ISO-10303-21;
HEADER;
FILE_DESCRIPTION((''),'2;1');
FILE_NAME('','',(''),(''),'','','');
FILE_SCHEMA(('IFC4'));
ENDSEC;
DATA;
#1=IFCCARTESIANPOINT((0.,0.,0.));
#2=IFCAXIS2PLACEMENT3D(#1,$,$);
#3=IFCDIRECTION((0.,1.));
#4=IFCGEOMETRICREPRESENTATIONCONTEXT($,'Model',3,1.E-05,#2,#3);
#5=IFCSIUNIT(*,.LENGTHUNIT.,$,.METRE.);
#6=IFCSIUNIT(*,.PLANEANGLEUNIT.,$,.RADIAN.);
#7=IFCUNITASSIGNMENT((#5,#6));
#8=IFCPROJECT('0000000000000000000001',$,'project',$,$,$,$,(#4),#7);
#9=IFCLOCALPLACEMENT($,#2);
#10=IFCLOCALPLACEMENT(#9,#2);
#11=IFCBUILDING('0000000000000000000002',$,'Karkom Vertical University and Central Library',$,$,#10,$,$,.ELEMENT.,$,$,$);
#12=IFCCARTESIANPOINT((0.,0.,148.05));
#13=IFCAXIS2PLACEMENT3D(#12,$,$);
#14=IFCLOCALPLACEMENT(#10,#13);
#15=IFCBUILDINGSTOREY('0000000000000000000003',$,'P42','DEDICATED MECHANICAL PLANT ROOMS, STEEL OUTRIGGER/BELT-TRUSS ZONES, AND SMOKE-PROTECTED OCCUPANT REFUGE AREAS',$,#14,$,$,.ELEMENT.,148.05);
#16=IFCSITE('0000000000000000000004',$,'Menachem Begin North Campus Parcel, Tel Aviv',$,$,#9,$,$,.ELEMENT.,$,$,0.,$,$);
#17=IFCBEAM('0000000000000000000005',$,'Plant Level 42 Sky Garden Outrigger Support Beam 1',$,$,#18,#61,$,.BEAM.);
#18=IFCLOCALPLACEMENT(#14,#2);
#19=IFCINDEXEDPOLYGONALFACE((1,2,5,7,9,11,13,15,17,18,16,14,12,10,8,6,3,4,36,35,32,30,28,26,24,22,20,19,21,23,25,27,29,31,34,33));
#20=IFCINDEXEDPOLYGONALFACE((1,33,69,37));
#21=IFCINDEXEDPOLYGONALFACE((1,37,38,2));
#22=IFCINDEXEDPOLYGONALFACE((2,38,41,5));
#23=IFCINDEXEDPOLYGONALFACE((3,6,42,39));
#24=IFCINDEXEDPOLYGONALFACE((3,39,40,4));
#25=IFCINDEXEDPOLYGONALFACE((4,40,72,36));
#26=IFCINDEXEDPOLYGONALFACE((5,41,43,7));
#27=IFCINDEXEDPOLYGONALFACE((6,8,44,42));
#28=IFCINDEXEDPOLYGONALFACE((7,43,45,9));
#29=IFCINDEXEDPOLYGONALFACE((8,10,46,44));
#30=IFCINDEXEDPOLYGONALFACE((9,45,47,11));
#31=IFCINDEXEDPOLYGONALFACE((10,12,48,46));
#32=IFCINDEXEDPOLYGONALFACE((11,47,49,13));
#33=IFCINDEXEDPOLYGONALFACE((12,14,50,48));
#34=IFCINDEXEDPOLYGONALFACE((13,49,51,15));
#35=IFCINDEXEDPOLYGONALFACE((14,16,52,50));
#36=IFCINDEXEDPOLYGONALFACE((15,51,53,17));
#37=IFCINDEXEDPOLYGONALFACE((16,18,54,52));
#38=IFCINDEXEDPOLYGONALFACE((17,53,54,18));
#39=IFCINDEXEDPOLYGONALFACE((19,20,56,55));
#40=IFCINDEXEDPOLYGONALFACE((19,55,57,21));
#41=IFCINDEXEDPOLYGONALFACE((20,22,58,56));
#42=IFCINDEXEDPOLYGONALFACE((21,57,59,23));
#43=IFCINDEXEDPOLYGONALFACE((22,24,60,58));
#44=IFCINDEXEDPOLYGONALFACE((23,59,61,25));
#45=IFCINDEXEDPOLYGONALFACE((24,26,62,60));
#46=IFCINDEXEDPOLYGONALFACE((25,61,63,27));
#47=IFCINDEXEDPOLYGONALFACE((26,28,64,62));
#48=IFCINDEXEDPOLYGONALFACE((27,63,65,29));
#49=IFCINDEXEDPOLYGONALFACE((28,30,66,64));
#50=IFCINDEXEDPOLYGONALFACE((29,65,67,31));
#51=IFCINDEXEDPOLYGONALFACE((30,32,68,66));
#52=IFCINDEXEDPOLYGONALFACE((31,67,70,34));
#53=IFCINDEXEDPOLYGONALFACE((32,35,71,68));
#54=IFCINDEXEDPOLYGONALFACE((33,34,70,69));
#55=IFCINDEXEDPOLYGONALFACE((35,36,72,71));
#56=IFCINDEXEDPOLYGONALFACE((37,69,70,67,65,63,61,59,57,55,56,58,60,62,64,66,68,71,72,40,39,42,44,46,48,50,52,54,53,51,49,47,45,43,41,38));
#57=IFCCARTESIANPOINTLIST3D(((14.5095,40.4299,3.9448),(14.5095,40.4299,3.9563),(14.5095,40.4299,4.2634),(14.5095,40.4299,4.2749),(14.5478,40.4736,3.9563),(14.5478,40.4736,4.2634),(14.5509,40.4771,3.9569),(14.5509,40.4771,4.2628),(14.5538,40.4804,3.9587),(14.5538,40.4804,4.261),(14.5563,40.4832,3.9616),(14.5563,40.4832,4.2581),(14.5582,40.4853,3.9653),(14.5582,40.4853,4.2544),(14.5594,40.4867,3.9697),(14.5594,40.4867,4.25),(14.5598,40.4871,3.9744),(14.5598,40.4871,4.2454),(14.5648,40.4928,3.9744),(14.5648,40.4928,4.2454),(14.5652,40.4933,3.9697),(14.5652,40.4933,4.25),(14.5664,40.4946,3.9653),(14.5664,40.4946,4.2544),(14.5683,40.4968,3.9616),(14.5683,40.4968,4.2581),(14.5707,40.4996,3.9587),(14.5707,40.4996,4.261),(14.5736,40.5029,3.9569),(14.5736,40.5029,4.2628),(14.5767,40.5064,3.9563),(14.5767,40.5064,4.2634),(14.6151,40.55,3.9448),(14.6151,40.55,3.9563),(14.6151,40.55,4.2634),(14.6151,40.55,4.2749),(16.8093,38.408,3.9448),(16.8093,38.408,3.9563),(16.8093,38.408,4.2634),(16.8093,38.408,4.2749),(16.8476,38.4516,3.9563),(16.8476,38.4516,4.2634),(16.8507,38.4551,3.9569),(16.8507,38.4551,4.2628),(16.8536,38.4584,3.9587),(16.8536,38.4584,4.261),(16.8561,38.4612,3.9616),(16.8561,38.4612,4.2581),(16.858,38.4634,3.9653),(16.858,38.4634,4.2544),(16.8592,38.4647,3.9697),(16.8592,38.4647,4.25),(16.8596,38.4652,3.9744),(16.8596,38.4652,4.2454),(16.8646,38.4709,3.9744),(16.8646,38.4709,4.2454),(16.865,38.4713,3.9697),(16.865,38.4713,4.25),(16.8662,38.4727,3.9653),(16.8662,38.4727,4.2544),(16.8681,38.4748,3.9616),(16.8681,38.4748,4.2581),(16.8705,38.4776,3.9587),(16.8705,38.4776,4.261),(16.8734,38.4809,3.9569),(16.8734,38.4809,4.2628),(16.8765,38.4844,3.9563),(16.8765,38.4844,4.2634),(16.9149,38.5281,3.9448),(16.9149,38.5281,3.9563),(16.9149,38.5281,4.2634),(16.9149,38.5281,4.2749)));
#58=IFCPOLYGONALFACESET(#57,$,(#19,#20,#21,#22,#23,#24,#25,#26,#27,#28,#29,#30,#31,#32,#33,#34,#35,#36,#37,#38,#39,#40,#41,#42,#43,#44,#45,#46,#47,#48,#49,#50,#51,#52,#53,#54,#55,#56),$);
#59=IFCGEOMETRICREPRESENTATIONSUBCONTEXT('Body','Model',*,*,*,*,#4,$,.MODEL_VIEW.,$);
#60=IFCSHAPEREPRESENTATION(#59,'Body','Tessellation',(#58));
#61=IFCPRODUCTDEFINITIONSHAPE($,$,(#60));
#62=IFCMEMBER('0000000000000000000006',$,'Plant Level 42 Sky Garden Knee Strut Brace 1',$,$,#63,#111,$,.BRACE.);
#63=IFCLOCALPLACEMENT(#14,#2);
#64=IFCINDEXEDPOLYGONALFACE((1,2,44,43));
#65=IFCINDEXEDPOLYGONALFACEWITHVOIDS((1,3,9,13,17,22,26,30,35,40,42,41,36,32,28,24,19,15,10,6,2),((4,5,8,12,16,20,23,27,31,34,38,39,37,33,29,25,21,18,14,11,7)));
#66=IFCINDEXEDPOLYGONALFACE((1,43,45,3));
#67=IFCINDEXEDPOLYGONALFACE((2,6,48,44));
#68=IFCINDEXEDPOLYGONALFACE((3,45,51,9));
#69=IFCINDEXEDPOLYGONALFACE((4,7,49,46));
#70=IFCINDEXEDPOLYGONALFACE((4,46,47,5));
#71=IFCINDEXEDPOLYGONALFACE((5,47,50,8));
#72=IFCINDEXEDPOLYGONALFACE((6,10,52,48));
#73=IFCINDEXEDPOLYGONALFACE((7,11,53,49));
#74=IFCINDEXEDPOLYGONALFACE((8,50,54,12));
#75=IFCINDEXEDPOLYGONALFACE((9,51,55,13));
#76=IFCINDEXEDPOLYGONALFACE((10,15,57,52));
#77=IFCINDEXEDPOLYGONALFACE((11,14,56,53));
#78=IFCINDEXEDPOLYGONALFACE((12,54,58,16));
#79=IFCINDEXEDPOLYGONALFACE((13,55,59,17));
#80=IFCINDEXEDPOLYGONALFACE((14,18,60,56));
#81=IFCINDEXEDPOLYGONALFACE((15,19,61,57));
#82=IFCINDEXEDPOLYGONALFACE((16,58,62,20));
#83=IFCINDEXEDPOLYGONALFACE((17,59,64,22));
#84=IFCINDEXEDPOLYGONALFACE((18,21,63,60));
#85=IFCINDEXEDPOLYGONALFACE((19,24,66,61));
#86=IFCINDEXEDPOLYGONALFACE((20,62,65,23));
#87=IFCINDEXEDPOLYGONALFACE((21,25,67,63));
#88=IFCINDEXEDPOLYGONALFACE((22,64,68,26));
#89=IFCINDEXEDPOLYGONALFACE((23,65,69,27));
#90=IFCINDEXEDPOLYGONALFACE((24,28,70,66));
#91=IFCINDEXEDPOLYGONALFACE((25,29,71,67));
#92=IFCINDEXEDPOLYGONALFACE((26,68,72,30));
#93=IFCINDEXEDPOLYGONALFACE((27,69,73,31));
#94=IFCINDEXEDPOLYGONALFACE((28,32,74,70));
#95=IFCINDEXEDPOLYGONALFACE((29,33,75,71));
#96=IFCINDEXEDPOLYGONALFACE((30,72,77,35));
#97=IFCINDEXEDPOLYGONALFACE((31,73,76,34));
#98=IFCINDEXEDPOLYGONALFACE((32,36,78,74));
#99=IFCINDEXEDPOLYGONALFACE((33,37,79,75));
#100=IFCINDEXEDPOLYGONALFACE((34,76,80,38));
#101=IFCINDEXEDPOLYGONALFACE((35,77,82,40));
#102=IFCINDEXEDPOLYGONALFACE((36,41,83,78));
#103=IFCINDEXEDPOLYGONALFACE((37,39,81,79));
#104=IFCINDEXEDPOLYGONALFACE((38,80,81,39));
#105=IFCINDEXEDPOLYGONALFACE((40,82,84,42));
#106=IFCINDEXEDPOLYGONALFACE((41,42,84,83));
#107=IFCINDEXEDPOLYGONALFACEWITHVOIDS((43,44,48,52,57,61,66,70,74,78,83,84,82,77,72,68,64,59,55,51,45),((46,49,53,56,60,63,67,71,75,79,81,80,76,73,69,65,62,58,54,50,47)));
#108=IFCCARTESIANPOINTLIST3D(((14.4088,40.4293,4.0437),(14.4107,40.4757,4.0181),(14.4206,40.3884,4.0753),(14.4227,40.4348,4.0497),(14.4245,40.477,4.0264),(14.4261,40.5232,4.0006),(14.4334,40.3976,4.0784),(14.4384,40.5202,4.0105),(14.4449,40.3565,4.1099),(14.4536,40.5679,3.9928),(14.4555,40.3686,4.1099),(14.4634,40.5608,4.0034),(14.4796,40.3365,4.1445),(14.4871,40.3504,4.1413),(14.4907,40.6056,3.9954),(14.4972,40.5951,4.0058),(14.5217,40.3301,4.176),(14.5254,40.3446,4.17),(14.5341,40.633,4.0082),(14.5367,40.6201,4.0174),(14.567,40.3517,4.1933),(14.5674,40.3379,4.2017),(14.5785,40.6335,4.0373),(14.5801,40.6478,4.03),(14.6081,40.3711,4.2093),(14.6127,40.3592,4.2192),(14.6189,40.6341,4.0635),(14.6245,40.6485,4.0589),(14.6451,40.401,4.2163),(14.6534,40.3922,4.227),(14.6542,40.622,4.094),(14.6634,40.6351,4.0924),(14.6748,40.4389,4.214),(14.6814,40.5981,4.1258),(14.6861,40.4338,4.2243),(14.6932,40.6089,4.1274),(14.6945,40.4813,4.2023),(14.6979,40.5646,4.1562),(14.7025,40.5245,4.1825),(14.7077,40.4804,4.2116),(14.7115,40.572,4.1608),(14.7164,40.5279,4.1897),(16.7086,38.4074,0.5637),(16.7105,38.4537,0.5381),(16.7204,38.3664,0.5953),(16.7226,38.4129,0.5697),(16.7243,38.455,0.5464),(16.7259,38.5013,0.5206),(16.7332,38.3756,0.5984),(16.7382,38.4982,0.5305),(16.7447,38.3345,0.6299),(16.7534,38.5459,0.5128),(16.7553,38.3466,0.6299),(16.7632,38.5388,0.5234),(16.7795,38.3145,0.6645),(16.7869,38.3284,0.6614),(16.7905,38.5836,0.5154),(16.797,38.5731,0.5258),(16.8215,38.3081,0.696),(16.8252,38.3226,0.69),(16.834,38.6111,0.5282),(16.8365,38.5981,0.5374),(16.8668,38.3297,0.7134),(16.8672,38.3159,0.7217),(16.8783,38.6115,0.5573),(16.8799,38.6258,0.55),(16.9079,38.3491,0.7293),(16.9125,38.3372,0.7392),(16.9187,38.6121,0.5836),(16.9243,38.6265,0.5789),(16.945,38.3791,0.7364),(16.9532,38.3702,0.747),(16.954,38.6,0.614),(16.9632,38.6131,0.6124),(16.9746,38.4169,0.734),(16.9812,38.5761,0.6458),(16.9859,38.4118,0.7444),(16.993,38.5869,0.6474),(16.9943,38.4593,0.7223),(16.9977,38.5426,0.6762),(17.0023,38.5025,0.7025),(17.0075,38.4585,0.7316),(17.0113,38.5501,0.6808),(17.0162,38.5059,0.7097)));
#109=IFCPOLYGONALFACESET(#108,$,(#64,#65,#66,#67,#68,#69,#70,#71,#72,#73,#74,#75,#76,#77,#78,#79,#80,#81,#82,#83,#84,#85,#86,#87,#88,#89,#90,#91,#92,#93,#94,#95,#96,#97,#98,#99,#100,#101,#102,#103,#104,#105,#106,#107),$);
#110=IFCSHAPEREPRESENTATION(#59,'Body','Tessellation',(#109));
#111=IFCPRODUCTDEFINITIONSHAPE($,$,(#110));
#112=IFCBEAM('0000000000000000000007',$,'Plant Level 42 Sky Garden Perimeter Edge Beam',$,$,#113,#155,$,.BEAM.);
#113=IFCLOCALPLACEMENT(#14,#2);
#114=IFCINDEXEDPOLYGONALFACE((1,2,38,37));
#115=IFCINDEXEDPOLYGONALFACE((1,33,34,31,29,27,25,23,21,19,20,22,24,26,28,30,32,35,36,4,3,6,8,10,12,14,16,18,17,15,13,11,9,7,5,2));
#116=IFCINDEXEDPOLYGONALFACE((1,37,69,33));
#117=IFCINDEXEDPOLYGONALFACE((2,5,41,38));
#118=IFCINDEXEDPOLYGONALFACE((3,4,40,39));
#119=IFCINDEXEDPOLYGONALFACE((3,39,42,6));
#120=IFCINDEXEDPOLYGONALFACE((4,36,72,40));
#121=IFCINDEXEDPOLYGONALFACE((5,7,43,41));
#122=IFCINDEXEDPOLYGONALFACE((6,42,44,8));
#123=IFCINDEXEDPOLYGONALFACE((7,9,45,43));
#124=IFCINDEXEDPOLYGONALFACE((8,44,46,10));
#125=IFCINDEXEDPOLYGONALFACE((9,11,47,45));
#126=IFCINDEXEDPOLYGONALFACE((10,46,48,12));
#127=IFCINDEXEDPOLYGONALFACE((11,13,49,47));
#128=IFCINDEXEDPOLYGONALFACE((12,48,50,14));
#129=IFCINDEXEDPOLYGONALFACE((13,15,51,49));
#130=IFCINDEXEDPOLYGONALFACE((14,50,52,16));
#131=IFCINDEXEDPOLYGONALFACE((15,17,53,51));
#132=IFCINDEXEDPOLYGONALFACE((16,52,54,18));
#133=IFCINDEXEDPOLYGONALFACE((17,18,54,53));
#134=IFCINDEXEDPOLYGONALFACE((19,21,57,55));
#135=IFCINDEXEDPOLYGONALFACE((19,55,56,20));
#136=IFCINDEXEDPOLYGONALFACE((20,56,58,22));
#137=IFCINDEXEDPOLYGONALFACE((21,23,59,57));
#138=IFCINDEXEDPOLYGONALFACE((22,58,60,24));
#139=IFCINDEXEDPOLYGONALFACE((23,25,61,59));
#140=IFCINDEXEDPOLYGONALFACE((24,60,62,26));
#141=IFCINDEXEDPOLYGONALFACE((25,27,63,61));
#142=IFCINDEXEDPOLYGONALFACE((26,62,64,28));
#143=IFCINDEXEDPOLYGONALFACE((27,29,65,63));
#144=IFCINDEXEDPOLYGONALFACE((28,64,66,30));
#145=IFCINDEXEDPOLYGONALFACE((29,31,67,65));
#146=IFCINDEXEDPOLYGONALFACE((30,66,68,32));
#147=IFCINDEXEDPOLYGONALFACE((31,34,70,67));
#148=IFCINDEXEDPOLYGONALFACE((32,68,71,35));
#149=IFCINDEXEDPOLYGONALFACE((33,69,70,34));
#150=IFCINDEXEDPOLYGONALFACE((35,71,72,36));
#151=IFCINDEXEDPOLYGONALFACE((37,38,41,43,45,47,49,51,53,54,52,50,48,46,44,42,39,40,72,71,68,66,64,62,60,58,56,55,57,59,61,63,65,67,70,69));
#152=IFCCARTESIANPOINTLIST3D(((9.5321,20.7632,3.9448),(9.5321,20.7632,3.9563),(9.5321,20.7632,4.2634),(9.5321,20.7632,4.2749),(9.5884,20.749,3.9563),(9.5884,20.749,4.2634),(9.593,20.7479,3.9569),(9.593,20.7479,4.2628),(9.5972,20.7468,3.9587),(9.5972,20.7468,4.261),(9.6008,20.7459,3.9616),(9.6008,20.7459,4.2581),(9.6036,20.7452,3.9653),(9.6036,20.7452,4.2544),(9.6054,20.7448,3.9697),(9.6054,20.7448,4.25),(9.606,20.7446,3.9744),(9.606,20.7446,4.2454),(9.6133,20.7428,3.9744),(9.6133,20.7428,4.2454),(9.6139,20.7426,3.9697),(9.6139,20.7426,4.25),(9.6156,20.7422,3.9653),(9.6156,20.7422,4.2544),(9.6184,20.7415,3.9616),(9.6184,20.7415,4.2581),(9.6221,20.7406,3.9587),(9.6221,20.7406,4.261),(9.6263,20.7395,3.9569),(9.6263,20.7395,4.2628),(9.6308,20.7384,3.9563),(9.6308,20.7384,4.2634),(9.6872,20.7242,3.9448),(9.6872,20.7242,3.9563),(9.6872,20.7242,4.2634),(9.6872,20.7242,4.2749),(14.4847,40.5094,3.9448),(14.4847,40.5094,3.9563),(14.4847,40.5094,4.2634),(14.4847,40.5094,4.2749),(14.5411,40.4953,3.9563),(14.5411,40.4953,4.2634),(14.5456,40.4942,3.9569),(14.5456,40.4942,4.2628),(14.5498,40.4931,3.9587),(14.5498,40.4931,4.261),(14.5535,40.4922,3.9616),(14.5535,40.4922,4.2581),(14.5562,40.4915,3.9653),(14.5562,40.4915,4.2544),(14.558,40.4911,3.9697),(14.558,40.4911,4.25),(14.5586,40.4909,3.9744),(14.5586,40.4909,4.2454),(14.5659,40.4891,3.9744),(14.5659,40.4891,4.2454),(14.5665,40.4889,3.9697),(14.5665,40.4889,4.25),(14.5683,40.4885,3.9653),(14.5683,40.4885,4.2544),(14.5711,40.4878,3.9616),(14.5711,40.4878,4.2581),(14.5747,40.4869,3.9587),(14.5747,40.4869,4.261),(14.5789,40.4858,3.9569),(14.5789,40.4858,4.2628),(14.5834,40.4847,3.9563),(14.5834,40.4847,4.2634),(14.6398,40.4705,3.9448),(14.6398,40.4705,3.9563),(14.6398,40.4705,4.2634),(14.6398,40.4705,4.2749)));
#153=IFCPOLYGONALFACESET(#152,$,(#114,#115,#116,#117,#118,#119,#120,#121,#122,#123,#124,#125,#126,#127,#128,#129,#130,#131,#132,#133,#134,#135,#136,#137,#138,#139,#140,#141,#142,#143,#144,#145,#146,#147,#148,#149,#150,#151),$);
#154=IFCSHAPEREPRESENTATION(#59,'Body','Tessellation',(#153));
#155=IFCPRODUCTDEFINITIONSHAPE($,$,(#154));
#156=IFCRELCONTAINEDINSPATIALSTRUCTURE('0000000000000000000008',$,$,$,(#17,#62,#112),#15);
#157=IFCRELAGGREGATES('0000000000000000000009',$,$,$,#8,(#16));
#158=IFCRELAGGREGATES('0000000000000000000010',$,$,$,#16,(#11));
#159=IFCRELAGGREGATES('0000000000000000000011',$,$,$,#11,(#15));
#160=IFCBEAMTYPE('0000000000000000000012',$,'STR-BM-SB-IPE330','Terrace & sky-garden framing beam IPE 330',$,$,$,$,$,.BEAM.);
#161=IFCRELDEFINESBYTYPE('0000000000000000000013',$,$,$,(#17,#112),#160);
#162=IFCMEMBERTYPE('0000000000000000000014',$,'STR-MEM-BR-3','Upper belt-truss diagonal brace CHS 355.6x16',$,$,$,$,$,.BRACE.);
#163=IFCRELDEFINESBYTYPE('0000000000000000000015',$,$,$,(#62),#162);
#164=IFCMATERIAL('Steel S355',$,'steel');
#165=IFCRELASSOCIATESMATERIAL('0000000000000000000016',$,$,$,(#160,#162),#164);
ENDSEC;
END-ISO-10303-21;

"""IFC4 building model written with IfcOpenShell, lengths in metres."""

from ifc_helpers import new_model, si_unit, direction, frame, origin, origin_with_axes, origin_2d, place, context, subcontext, project, spatial, hollow_circle, i_section, extrude, source, transform, mapped, material, material_profile, profile_set, type_object, element, save


model = new_model("IFC4")

# Units and contexts
model_context = context("Model", 3, precision=1e-05, world=origin(), true_north=direction((0.0, 1.0)))
body_context = subcontext(model_context, "Body", "Model", "MODEL_VIEW")
ifc_project = project(units=[si_unit("LENGTHUNIT", "METRE"), si_unit("PLANEANGLEUNIT", "RADIAN")], contexts=[model_context])

# Site, building, storey
site_placement = place(None, origin())
site = spatial("IfcSite", under=ifc_project, at=site_placement, Name="Menachem Begin North Campus Parcel, Tel Aviv", CompositionType="ELEMENT", RefElevation=0.0)
building_placement = place(site_placement, origin())
building = spatial("IfcBuilding", under=site, at=building_placement, Name="Karkom Vertical University and Central Library", CompositionType="ELEMENT")
storey_placement = place(building_placement, frame((0.0, 0.0, 148.05)))
storey = spatial("IfcBuildingStorey", under=building, at=storey_placement, Name="P42", Description="DEDICATED MECHANICAL PLANT ROOMS, STEEL OUTRIGGER/BELT-TRUSS ZONES, AND SMOKE-PROTECTED OCCUPANT REFUGE AREAS", CompositionType="ELEMENT", Elevation=148.05)

# Shared definitions
ifc_material_1 = material(Name="Steel S355", Category="steel")

# Beam
ifc_material_profile_1 = material_profile(ifc_material_1, i_section(OverallWidth=0.1599, OverallDepth=0.3301, WebThickness=0.0076, FlangeThickness=0.0115, FilletRadius=0.0181, at=origin_2d()), Name="IPE 330")
ifc_profile_set_1 = profile_set([ifc_material_profile_1], Name="Steel S355")
beam_type_1 = type_object("IfcBeamType", Name="STR-BM-SB-IPE330", Description="Terrace & sky-garden framing beam IPE 330", PredefinedType="BEAM", material=ifc_profile_set_1)
shared_shape_1 = source(origin_with_axes(), body_context, "Body", "SweptSolid", [
    extrude(i_section(OverallWidth=0.1599, OverallDepth=0.3301, WebThickness=0.0076, FlangeThickness=0.0115, FilletRadius=0.0181, at=origin_2d()), origin(), (0.0, 0.0, 1.0), 3.0623),
])
beam_1_placement = place(storey_placement, frame((16.8621, 38.468, 4.1099), z_axis=(-0.751014, 0.660286, 0.0), x_axis=(-0.660286, -0.751014, 0.0)))
element("IfcBeam", 1, at=beam_1_placement, inside=storey, type_object=beam_type_1, Name="Plant Level 42 Sky Garden Outrigger Support Beam 1", PredefinedType="BEAM", context=body_context, shape_type="MappedRepresentation", body=[
    mapped(shared_shape_1, transform((0.0, 0.0, 0.0), scale=1.0)),
])

# Member
ifc_material_profile_2 = material_profile(ifc_material_1, hollow_circle(Radius=0.1777, WallThickness=0.0161, at=origin_2d()), Name="CHS 355.6x16")
ifc_profile_set_2 = profile_set([ifc_material_profile_2], Name="Steel S355")
member_type_1 = type_object("IfcMemberType", Name="STR-MEM-BR-3", Description="Upper belt-truss diagonal brace CHS 355.6x16", PredefinedType="BRACE", material=ifc_profile_set_2)
shared_shape_2 = source(origin_with_axes(), body_context, "Body", "SweptSolid", [
    extrude(hollow_circle(Radius=0.1777, WallThickness=0.0161, at=origin_2d()), origin(), (0.0, 0.0, 1.0), 4.6355),
])
member_1_placement = place(storey_placement, frame((16.8621, 38.468, 0.6299), z_axis=(-0.49613, 0.436194, 0.750726), x_axis=(-0.660286, -0.751014, 0.0)))
element("IfcMember", 2, at=member_1_placement, inside=storey, type_object=member_type_1, Name="Plant Level 42 Sky Garden Knee Strut Brace 1", PredefinedType="BRACE", context=body_context, shape_type="MappedRepresentation", body=[
    mapped(shared_shape_2, transform((0.0, 0.0, 0.0), scale=1.0)),
])

# Beam
shared_shape_3 = source(origin_with_axes(), body_context, "Body", "SweptSolid", [
    extrude(i_section(OverallWidth=0.1599, OverallDepth=0.3301, WebThickness=0.0076, FlangeThickness=0.0115, FilletRadius=0.0181, at=origin_2d()), origin(), (0.0, 0.0, 1.0), 20.3579),
])
beam_2_placement = place(storey_placement, frame((14.5623, 40.49, 4.1099), z_axis=(-0.243278, -0.969957, 0.0), x_axis=(0.969957, -0.243278, 0.0)))
element("IfcBeam", 3, at=beam_2_placement, inside=storey, type_object=beam_type_1, Name="Plant Level 42 Sky Garden Perimeter Edge Beam", PredefinedType="BEAM", context=body_context, shape_type="MappedRepresentation", body=[
    mapped(shared_shape_3, transform((0.0, 0.0, 0.0), scale=1.0)),
])

save(model, "model.ifc")
